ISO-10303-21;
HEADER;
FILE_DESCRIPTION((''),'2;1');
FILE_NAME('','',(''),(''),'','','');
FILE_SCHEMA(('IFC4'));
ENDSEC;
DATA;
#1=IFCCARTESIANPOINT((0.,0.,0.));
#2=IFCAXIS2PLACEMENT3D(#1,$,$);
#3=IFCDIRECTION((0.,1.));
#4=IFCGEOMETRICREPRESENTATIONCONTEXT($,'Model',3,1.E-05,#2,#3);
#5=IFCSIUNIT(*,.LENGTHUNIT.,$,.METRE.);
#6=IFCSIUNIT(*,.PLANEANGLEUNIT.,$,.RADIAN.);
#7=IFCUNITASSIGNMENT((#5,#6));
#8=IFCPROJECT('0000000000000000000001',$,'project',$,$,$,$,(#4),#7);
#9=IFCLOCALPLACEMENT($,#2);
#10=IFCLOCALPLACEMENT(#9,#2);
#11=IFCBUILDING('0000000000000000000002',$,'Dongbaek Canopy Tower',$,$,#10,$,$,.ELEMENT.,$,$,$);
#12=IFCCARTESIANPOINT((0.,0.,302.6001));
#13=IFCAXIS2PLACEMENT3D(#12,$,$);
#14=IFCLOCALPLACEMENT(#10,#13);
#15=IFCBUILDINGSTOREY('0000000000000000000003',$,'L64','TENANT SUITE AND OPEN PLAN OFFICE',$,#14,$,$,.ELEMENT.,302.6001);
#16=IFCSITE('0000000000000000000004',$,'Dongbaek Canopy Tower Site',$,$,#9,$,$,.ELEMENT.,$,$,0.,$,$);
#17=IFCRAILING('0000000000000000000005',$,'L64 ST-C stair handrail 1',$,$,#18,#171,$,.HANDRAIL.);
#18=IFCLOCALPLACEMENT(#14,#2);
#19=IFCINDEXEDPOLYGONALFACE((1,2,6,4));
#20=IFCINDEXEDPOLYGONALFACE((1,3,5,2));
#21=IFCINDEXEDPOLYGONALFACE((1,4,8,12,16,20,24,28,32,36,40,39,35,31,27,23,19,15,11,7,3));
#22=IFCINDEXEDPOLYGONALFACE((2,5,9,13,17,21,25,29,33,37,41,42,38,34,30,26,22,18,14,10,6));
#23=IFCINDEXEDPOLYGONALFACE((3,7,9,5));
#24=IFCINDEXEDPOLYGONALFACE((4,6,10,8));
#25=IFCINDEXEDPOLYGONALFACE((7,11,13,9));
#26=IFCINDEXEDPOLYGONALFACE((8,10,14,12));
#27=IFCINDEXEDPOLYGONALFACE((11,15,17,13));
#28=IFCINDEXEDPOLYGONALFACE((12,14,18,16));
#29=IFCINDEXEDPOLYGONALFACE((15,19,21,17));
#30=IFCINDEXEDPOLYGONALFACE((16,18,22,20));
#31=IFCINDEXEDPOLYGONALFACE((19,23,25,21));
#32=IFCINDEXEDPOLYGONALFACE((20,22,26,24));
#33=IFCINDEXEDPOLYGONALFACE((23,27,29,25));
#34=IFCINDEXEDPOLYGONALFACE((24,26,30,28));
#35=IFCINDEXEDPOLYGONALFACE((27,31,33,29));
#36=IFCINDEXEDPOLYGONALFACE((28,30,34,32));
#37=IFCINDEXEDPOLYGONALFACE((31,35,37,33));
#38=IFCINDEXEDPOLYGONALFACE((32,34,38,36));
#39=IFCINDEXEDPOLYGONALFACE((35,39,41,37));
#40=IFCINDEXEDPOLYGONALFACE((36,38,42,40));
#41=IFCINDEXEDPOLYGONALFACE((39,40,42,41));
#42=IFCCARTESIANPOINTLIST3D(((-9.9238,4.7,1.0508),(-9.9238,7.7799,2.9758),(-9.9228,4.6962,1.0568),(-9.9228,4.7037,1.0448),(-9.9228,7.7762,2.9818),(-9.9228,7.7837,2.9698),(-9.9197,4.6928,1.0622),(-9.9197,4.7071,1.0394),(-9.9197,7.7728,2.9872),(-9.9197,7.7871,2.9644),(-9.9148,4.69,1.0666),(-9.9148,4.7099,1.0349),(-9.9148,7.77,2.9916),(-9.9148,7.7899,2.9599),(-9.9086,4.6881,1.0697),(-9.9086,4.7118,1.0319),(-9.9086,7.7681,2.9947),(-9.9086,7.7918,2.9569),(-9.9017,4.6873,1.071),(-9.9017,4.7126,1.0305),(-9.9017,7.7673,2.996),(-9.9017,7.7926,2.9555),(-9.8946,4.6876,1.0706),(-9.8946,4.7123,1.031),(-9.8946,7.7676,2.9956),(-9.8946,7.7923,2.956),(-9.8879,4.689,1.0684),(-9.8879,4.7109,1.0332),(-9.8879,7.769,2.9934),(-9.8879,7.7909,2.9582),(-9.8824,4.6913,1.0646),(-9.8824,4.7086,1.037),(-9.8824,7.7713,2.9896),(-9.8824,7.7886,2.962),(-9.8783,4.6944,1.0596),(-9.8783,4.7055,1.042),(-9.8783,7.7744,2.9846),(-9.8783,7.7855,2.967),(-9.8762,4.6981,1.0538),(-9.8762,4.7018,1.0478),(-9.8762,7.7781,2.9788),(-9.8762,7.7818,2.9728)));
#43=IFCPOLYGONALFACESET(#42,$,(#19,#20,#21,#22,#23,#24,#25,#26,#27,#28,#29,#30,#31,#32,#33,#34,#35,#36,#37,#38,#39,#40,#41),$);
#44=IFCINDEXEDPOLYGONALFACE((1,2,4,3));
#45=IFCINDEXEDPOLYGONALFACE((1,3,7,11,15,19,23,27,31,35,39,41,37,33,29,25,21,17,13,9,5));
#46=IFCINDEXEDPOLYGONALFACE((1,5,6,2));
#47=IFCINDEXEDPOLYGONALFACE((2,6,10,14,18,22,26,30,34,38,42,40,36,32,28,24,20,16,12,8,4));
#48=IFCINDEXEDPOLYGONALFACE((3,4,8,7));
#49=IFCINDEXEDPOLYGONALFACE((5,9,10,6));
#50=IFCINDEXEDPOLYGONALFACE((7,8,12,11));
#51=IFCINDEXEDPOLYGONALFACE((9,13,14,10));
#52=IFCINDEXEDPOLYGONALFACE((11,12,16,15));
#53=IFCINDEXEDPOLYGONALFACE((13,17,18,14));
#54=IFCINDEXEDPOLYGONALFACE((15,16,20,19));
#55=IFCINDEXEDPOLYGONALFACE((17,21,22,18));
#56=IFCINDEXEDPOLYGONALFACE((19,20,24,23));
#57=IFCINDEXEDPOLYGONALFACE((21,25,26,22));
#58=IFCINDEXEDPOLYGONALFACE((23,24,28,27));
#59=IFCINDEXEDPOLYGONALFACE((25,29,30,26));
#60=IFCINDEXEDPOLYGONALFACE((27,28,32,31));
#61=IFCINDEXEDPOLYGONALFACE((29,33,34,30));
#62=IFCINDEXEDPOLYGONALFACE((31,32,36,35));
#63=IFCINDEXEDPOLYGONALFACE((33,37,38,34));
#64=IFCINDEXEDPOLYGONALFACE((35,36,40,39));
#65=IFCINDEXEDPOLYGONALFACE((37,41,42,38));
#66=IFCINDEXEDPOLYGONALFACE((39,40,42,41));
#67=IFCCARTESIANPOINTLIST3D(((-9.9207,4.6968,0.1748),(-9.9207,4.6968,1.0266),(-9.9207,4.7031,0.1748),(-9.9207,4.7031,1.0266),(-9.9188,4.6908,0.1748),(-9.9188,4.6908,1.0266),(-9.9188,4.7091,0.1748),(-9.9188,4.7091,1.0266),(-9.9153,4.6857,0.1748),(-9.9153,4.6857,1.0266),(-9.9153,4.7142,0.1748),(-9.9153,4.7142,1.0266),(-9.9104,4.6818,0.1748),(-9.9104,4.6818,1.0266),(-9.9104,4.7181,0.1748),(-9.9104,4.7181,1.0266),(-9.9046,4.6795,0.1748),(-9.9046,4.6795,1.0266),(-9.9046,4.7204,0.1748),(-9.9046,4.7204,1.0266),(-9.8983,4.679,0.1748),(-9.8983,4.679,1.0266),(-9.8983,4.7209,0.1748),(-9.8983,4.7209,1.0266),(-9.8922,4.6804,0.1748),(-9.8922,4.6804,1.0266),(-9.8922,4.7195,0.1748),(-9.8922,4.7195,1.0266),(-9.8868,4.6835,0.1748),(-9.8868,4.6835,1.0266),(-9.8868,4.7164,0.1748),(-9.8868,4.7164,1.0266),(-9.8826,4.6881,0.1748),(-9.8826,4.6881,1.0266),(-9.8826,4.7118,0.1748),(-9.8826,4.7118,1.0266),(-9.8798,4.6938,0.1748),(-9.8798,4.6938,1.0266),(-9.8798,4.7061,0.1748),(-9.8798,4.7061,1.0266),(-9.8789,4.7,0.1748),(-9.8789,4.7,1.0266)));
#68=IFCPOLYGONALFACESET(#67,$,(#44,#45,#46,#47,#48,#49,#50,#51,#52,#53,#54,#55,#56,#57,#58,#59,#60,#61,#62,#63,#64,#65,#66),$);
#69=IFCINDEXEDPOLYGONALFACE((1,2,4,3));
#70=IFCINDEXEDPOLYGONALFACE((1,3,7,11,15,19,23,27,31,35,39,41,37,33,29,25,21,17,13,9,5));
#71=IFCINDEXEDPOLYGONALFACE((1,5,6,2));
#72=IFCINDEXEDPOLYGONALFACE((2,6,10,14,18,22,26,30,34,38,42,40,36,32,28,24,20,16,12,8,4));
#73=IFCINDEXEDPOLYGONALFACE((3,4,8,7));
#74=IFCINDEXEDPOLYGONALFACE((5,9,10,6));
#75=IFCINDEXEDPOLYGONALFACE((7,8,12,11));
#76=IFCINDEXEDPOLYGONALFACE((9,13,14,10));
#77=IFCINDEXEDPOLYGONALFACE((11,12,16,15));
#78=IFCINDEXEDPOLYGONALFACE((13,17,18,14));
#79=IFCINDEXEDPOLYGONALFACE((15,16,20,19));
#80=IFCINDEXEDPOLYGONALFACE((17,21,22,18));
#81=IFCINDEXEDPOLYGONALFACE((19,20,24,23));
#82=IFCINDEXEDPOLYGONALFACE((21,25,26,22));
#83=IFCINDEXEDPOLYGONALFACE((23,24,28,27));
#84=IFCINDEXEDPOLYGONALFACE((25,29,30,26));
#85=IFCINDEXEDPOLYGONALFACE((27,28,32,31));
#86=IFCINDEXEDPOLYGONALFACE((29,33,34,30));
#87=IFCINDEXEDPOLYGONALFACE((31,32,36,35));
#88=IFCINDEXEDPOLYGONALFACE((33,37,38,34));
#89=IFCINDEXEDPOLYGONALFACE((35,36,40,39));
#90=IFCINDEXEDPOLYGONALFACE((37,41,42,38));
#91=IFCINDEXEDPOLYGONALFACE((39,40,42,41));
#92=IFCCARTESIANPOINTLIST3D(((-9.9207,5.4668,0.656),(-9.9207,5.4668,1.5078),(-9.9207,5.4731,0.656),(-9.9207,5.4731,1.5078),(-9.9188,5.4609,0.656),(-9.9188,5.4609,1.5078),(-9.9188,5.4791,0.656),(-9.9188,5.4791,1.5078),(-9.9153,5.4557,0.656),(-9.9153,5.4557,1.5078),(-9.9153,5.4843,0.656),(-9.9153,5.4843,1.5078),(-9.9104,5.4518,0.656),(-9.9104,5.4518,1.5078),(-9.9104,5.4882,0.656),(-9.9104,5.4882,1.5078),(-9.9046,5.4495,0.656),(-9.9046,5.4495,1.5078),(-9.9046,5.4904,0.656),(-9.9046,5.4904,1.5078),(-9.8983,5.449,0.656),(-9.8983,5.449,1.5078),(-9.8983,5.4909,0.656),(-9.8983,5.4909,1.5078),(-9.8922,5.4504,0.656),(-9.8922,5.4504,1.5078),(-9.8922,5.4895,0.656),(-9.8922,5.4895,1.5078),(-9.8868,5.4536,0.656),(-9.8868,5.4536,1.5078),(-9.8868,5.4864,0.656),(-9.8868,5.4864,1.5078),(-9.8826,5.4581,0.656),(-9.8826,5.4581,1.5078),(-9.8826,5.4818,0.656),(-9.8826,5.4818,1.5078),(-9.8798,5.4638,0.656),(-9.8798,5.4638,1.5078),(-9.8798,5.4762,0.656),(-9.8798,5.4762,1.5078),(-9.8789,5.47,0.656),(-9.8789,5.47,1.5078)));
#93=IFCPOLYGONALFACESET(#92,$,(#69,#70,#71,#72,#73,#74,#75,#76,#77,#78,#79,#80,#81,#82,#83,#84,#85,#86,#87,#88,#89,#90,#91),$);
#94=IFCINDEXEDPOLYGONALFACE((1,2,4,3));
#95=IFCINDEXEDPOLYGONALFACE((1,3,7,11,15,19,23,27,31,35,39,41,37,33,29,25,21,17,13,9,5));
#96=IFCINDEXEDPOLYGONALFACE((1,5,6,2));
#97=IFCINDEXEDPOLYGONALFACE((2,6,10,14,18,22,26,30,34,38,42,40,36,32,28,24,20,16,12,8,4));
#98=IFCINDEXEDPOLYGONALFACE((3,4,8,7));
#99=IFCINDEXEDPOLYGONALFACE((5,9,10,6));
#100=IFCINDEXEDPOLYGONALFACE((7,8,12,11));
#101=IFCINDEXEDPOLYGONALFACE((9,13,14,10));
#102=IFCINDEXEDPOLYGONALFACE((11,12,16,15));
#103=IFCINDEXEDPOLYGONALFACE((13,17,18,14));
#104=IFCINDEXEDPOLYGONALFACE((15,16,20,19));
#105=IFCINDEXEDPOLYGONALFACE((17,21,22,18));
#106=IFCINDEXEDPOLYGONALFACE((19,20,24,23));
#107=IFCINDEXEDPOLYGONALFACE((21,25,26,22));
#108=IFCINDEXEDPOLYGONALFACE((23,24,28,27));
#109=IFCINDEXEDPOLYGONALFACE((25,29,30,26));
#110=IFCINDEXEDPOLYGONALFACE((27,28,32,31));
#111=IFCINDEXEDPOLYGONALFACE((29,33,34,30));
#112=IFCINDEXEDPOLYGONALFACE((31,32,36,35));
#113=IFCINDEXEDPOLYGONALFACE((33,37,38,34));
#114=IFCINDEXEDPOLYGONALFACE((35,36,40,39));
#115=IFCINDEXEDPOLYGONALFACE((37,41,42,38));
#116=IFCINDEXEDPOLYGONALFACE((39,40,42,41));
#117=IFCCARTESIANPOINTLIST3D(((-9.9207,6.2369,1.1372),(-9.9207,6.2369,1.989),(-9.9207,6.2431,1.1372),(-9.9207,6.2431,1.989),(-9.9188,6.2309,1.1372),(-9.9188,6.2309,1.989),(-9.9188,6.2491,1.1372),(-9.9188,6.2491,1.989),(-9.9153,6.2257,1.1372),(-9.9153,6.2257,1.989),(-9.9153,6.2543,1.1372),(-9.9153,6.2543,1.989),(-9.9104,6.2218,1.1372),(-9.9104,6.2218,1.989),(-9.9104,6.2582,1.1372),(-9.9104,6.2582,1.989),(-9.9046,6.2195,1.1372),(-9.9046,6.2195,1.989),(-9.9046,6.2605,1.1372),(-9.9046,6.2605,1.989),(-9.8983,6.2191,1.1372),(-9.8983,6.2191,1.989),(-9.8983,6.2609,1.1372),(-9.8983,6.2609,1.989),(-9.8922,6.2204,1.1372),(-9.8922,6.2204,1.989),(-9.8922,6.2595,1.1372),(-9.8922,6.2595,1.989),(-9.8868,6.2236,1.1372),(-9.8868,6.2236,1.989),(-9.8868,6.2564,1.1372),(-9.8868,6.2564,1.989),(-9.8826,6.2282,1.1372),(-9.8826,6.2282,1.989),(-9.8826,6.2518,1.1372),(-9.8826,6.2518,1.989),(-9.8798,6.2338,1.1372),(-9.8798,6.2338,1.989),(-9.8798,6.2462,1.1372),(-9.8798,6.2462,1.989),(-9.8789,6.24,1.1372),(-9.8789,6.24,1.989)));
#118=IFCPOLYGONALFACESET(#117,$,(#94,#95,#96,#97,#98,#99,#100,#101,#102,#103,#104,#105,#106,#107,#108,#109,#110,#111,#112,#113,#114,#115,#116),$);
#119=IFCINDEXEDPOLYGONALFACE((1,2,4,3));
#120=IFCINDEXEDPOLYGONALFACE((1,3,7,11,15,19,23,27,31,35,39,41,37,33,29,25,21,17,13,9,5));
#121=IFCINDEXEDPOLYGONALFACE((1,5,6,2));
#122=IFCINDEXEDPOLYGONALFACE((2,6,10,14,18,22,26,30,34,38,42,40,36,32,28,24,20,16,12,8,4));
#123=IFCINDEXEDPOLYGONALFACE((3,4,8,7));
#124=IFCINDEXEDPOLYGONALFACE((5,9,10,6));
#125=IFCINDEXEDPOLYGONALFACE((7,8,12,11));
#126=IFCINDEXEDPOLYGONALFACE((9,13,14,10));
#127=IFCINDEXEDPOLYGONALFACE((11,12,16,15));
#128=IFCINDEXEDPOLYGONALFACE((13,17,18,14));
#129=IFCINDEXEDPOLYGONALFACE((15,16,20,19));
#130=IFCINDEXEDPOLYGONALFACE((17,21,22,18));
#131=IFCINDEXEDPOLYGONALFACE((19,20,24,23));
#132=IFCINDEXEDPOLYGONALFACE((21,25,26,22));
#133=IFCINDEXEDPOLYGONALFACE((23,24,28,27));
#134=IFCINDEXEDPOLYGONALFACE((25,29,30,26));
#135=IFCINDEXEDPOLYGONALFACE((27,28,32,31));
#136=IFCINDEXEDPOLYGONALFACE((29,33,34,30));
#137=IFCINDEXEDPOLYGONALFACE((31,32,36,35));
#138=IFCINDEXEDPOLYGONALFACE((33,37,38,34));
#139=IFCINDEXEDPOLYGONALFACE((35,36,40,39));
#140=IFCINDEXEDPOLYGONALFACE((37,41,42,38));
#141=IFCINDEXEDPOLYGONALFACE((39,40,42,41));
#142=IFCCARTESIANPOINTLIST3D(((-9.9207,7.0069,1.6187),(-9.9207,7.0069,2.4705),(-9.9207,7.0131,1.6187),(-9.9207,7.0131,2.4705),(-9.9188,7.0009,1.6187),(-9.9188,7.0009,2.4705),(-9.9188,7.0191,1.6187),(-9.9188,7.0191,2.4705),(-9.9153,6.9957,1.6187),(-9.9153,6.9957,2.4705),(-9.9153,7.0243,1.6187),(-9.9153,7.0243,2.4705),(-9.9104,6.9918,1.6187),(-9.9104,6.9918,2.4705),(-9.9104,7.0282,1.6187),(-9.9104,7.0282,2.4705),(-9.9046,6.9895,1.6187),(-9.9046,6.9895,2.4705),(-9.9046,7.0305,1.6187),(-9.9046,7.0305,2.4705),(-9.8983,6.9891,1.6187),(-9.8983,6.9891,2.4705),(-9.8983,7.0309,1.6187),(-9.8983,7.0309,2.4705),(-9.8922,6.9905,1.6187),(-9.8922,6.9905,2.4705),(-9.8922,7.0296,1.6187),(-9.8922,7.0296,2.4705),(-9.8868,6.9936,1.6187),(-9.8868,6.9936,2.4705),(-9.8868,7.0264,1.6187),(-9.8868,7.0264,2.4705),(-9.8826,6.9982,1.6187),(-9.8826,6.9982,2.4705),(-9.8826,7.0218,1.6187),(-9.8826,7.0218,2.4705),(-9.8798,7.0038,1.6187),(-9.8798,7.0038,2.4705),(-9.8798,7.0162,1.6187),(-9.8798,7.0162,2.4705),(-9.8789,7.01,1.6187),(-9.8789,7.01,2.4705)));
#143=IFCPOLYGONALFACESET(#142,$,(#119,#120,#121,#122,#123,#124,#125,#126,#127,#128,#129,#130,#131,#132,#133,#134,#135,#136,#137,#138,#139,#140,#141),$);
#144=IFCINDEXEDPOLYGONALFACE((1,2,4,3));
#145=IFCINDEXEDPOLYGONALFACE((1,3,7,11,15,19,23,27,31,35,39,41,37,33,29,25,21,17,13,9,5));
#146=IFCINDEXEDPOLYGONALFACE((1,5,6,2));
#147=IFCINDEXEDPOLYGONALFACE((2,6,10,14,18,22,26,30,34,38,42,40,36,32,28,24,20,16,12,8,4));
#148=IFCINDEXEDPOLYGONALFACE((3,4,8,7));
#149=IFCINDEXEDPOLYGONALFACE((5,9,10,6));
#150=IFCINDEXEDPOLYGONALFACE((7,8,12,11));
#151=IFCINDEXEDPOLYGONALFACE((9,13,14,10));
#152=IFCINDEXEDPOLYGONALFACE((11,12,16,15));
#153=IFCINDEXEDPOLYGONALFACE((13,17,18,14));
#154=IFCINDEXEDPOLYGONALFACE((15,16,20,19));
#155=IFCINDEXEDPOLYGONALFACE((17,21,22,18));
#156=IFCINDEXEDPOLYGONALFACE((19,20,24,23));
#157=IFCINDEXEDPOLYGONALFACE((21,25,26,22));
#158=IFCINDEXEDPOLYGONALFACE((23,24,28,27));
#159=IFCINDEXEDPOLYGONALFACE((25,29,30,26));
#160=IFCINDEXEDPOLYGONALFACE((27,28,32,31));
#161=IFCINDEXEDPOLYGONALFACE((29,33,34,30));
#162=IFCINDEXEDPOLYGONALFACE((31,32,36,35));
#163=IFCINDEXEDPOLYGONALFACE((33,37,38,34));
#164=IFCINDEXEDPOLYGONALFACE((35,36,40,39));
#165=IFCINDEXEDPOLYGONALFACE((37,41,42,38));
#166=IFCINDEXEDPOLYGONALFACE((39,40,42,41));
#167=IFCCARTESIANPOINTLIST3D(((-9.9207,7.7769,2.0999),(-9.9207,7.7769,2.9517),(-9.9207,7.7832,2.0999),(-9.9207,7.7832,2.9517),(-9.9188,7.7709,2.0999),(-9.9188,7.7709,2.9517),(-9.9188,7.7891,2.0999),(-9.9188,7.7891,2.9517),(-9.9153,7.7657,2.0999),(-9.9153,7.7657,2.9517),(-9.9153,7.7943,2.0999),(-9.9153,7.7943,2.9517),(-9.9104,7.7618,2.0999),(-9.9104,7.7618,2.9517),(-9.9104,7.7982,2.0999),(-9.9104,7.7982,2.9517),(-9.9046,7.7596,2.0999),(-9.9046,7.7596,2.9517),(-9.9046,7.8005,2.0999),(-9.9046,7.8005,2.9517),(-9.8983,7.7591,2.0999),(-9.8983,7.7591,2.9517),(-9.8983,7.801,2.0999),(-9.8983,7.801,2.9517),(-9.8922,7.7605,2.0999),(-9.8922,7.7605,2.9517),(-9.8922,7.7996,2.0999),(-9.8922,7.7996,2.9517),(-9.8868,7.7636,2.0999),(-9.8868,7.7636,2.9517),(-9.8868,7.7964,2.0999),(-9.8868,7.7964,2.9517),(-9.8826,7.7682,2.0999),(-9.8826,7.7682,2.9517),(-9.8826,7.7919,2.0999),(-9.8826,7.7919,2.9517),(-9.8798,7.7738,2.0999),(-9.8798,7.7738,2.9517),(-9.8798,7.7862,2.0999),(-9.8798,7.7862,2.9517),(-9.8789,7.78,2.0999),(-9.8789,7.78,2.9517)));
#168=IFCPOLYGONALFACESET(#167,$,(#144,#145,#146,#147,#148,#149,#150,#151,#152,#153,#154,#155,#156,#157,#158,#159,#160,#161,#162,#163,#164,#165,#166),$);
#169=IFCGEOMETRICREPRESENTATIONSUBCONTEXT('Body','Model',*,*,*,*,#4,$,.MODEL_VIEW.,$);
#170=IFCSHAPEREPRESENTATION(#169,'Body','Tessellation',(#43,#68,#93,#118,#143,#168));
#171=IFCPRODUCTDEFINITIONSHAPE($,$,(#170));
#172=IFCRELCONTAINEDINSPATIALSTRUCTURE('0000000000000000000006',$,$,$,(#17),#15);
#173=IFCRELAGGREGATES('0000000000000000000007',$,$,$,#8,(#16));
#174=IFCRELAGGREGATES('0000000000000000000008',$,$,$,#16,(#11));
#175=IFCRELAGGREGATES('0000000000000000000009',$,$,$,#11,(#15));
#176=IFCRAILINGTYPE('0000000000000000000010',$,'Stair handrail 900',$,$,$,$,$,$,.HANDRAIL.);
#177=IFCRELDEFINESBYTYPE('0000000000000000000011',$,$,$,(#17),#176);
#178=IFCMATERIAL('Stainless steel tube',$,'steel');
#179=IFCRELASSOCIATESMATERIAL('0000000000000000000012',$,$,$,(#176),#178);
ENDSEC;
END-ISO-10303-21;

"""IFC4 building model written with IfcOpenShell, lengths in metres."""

from ifc_helpers import new_model, si_unit, direction, frame, origin, origin_2d, place, context, subcontext, project, spatial, circle, extrude, material, type_object, element, save


model = new_model("IFC4")

# Units and contexts
model_context = context("Model", 3, precision=1e-05, world=origin(), true_north=direction((0.0, 1.0)))
body_context = subcontext(model_context, "Body", "Model", "MODEL_VIEW")
ifc_project = project(units=[si_unit("LENGTHUNIT", "METRE"), si_unit("PLANEANGLEUNIT", "RADIAN")], contexts=[model_context])

# Site, building, storey
site_placement = place(None, origin())
site = spatial("IfcSite", under=ifc_project, at=site_placement, Name="Dongbaek Canopy Tower Site", CompositionType="ELEMENT", RefElevation=0.0)
building_placement = place(site_placement, origin())
building = spatial("IfcBuilding", under=site, at=building_placement, Name="Dongbaek Canopy Tower", CompositionType="ELEMENT")
storey_placement = place(building_placement, frame((0.0, 0.0, 302.6001)))
storey = spatial("IfcBuildingStorey", under=building, at=storey_placement, Name="L64", Description="TENANT SUITE AND OPEN PLAN OFFICE", CompositionType="ELEMENT", Elevation=302.6001)

# Railing
ifc_material_1 = material(Name="Stainless steel tube", Category="steel")
railing_type_1 = type_object("IfcRailingType", Name="Stair handrail 900", PredefinedType="HANDRAIL", material=ifc_material_1)
railing_1_placement = place(storey_placement, frame((-9.8999, 4.7, 0.1748)))
element("IfcRailing", 1, at=railing_1_placement, inside=storey, type_object=railing_type_1, Name="L64 ST-C stair handrail 1", PredefinedType="HANDRAIL", context=body_context, shape_type="SweptSolid", body=[
    extrude(circle(Radius=0.0239, at=origin_2d()), frame((0.0, 0.0, 0.876), z_axis=(0.0, 0.847998, 0.529999), x_axis=(-1.0, 0.0, 0.0)), (0.0, 0.0, 1.0), 3.6321),
    extrude(circle(Radius=0.021, at=origin_2d()), origin(), (0.0, 0.0, 1.0), 0.8518),
    extrude(circle(Radius=0.021, at=origin_2d()), frame((0.0, 0.77, 0.4812)), (0.0, 0.0, 1.0), 0.8518),
    extrude(circle(Radius=0.021, at=origin_2d()), frame((0.0, 1.54, 0.9624)), (0.0, 0.0, 1.0), 0.8518),
    extrude(circle(Radius=0.021, at=origin_2d()), frame((0.0, 2.3101, 1.4438)), (0.0, 0.0, 1.0), 0.8518),
    extrude(circle(Radius=0.021, at=origin_2d()), frame((0.0, 3.0801, 1.925)), (0.0, 0.0, 1.0), 0.8518),
])

save(model, "model.ifc")
